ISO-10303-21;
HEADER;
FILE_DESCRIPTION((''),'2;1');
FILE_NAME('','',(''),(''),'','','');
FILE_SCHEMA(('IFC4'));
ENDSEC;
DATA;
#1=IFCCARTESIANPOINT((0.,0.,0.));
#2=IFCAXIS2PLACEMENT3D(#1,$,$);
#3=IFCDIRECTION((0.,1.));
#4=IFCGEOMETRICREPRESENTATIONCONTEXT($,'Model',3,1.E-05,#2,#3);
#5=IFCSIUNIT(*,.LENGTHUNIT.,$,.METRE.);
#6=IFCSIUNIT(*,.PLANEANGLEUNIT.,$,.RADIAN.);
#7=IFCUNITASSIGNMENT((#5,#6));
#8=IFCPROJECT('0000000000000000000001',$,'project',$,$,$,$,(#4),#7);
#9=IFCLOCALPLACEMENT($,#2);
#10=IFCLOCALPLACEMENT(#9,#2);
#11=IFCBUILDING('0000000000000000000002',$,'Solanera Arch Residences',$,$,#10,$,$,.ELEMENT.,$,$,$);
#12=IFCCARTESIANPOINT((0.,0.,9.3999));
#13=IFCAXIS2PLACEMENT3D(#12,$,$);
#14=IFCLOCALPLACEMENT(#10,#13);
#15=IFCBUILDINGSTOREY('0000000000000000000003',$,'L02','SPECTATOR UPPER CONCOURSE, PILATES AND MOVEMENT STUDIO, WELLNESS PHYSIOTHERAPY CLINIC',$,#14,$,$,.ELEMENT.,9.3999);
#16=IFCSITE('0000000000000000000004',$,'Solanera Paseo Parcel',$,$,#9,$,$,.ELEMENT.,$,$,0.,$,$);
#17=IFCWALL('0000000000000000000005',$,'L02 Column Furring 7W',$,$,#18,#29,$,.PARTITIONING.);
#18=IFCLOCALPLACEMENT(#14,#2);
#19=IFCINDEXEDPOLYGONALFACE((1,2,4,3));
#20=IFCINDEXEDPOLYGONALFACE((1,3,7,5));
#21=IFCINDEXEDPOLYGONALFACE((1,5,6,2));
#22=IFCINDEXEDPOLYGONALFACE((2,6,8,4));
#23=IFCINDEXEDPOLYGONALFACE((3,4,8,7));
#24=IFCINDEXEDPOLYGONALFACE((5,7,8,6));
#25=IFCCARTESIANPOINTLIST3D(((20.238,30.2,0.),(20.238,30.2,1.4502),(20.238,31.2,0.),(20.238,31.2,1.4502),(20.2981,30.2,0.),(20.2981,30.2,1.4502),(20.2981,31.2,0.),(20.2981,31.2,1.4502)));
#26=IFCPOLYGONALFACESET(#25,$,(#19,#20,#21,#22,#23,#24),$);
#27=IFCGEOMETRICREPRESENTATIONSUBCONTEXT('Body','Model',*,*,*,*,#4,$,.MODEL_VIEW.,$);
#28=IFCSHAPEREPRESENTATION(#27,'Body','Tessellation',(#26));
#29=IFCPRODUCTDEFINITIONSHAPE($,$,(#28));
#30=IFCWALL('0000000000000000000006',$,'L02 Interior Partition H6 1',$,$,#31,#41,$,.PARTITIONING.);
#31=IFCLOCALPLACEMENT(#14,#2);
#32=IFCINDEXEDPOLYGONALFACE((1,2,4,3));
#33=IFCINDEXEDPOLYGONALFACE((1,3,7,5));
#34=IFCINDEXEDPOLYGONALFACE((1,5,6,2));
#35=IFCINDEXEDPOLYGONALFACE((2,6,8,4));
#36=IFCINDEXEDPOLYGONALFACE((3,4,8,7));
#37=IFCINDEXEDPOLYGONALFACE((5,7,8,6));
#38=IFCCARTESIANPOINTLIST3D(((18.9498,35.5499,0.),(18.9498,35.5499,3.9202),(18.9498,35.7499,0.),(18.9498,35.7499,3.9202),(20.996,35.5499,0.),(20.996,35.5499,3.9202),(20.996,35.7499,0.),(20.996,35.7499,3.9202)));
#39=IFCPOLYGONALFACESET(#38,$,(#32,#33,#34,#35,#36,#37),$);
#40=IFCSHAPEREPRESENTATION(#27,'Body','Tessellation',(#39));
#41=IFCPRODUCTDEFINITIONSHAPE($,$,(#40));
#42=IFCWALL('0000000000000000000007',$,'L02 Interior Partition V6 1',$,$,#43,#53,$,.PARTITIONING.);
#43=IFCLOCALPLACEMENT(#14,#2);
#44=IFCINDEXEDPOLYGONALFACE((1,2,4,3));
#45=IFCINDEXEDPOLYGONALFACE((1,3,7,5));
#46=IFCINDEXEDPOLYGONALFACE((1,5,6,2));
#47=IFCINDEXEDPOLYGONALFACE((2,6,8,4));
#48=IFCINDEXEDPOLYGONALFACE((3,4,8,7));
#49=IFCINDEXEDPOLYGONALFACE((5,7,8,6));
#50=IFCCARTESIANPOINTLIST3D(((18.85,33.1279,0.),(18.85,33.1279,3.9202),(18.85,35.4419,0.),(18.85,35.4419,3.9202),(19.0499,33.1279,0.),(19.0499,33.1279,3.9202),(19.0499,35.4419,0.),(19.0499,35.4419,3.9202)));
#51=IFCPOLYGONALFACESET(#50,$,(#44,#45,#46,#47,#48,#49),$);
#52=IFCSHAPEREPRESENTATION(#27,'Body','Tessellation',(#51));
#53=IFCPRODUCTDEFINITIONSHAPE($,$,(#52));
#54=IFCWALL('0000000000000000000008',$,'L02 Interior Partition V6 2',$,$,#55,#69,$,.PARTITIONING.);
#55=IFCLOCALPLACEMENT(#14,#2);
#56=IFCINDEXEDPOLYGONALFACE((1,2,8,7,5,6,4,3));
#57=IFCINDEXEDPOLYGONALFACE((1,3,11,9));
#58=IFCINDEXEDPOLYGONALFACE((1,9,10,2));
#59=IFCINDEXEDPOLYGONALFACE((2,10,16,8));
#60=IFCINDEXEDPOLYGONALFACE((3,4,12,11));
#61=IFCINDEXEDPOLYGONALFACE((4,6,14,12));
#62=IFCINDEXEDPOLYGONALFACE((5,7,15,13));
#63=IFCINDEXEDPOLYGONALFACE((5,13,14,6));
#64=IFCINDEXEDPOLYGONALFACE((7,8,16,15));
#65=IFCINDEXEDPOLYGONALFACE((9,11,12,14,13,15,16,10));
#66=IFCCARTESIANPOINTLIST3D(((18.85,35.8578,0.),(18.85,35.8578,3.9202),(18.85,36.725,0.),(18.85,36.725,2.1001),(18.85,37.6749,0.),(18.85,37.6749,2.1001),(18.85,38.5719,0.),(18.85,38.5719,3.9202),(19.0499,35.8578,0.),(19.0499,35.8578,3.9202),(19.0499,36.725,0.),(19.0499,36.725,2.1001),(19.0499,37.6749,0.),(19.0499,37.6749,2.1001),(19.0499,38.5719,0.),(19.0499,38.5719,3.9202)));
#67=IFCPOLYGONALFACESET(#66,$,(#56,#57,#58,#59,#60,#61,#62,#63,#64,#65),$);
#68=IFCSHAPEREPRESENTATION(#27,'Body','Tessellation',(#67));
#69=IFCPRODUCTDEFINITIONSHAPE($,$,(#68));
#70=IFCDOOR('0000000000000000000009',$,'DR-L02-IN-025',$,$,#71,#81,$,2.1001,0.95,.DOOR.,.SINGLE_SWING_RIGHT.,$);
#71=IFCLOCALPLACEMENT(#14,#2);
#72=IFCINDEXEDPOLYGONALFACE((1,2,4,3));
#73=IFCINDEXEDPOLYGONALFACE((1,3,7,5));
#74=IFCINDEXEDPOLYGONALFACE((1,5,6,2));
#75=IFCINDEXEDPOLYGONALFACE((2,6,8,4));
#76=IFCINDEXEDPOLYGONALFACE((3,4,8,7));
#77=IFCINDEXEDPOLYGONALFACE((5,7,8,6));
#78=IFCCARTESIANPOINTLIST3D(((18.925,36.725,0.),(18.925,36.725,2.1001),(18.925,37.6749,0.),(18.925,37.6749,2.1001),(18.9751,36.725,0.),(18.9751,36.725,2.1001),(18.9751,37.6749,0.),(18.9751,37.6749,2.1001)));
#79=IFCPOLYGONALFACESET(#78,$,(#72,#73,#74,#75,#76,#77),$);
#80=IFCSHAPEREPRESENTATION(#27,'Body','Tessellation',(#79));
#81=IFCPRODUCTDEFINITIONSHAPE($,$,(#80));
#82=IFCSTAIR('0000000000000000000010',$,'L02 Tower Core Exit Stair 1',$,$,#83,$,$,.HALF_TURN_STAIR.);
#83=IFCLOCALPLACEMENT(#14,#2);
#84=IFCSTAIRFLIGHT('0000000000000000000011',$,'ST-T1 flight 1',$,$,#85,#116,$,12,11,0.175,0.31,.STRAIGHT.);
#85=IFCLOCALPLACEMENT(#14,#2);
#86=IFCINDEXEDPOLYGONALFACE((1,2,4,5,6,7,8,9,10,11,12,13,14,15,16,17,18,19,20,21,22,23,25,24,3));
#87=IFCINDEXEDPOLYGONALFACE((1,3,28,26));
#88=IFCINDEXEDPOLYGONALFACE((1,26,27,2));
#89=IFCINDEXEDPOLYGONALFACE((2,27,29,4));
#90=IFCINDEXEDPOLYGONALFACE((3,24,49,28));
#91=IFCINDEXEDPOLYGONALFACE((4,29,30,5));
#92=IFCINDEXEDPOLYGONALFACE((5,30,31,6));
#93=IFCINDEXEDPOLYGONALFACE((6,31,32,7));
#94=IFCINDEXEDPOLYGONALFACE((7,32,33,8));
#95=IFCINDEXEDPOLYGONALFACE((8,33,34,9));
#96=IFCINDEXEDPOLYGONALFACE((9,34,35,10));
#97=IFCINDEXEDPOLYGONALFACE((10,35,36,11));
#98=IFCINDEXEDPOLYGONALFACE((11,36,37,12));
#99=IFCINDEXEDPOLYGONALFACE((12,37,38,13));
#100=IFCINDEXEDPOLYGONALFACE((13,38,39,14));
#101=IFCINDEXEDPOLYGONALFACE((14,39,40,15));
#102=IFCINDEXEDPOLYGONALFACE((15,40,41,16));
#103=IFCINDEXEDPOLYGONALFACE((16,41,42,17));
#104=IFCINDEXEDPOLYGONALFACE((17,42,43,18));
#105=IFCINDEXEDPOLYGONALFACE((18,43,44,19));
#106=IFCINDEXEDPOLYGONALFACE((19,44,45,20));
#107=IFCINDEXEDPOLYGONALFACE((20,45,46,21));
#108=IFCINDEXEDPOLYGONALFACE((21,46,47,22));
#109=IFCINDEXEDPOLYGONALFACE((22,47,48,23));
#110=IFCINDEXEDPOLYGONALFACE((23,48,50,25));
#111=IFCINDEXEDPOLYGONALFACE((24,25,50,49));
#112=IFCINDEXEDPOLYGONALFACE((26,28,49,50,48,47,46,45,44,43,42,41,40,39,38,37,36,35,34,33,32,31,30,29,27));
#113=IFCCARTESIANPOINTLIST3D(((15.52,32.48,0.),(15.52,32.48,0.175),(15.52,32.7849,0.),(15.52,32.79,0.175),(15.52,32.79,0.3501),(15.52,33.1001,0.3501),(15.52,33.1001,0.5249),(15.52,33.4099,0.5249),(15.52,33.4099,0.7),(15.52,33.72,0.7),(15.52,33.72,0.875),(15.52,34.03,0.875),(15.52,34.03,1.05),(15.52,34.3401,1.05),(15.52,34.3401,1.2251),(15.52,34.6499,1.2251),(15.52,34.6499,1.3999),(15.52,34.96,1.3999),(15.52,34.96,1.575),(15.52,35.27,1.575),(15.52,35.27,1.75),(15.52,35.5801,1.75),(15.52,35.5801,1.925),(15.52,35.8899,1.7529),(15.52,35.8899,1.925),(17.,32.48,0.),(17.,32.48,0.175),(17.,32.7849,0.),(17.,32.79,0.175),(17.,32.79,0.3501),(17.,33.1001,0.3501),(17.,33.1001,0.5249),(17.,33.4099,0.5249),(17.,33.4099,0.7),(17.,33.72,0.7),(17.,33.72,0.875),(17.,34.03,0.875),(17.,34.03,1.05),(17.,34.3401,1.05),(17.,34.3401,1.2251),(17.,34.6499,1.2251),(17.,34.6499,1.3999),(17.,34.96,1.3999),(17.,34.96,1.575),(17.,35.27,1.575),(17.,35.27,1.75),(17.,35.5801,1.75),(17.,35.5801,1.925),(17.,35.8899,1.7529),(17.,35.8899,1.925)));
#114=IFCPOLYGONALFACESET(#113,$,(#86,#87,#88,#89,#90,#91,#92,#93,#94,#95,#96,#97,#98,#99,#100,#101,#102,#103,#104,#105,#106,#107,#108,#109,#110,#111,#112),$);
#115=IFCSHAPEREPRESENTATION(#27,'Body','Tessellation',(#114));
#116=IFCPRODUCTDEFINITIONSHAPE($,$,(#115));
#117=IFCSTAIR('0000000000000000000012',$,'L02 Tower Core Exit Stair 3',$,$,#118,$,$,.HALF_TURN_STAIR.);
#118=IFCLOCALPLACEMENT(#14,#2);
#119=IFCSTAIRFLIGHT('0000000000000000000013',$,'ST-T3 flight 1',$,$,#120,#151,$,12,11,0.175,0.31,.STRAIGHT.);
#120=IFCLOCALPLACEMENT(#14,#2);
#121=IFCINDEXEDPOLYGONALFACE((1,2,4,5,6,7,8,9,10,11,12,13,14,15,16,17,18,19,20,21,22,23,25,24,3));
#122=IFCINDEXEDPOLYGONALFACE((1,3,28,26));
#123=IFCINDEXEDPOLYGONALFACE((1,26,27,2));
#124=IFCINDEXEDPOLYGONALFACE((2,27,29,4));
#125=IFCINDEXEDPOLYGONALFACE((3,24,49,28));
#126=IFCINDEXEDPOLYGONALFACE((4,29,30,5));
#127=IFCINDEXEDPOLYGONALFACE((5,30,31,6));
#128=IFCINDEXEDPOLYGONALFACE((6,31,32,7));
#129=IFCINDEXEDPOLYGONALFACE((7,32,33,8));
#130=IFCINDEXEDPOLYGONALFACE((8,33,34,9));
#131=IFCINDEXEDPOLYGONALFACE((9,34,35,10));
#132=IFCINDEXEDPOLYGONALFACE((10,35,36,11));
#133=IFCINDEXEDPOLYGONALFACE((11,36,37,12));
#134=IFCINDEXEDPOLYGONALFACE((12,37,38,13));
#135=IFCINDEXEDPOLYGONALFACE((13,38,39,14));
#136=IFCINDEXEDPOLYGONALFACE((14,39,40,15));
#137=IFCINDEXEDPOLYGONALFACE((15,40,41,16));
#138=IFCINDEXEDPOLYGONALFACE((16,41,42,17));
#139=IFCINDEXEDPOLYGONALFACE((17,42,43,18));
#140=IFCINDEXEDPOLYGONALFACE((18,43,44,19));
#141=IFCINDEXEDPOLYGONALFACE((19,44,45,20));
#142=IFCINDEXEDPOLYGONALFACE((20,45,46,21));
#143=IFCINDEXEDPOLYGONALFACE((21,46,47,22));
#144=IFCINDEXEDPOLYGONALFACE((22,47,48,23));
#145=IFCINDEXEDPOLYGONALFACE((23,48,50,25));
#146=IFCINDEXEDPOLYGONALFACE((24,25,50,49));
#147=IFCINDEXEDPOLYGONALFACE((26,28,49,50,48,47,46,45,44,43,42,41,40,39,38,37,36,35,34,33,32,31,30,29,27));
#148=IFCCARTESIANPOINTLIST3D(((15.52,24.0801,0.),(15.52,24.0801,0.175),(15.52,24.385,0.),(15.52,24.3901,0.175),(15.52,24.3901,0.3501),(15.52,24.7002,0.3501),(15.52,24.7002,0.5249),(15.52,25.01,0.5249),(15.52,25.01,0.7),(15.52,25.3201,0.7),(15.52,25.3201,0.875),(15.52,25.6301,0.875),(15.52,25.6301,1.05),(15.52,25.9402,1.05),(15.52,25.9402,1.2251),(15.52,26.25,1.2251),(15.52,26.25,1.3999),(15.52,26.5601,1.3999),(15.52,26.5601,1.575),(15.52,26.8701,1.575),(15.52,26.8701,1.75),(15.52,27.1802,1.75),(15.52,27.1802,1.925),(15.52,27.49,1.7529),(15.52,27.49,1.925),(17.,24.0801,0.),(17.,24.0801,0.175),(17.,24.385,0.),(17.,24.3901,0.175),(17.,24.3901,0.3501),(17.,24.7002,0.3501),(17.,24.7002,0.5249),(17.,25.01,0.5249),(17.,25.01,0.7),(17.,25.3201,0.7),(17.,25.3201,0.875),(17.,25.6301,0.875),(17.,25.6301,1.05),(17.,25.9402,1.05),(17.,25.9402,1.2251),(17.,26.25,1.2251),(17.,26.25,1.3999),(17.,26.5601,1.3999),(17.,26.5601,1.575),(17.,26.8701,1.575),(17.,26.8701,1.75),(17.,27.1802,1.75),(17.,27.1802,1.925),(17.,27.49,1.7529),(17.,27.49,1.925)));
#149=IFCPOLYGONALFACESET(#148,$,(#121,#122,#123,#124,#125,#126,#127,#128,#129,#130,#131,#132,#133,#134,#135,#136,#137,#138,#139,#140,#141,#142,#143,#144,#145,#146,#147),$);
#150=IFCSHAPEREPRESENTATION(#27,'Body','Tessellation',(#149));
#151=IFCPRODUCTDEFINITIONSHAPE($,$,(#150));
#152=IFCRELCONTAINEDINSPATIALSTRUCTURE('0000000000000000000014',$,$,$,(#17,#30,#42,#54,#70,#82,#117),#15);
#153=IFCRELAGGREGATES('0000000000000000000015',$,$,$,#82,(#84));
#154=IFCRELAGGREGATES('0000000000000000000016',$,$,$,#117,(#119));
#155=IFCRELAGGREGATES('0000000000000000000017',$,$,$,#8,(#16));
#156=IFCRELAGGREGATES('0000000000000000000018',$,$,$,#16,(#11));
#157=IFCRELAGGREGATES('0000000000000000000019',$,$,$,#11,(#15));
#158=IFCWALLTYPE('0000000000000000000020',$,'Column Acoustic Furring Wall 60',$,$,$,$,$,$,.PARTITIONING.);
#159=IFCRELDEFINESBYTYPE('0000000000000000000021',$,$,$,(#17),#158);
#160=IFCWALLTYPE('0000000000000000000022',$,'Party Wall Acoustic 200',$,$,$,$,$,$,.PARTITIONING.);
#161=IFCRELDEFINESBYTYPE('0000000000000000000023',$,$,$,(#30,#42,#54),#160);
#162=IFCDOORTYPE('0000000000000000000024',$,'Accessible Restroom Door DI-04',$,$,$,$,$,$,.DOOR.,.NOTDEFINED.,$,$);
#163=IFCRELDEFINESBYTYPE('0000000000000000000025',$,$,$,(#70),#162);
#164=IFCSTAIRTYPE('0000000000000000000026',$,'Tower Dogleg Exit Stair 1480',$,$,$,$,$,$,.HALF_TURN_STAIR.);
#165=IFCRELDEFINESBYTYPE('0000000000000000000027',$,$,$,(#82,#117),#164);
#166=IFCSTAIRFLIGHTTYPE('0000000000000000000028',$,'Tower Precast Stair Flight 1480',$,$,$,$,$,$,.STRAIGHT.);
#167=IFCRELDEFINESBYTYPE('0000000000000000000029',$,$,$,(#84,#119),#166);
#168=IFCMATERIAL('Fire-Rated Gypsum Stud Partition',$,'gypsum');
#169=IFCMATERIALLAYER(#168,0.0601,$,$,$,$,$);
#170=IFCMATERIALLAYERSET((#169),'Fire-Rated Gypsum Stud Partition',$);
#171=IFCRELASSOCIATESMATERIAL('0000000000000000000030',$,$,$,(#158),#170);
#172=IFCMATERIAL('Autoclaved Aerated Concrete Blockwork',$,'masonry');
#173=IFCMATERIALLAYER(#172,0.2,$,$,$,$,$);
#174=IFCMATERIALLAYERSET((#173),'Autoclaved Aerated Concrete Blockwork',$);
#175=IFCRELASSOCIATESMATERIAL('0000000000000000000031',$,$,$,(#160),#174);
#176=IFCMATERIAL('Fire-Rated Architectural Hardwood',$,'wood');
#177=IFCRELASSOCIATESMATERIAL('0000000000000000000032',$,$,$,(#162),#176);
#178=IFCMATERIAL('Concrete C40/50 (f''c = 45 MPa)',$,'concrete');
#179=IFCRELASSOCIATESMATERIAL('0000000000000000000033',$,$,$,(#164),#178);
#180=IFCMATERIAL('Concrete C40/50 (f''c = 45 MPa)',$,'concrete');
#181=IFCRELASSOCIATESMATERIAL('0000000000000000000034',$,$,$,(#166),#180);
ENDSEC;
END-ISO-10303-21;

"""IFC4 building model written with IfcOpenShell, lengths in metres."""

from ifc_helpers import new_model, si_unit, direction, frame, frame_2d, origin, place, context, subcontext, project, spatial, polyline, rectangle, outline, extrude, material, layer, layer_set, type_object, element, fill, aggregate, save


model = new_model("IFC4")

# Units and contexts
model_context = context("Model", 3, precision=1e-05, world=origin(), true_north=direction((0.0, 1.0)))
body_context = subcontext(model_context, "Body", "Model", "MODEL_VIEW")
ifc_project = project(units=[si_unit("LENGTHUNIT", "METRE"), si_unit("PLANEANGLEUNIT", "RADIAN")], contexts=[model_context])

# Site, building, storey
site_placement = place(None, origin())
site = spatial("IfcSite", under=ifc_project, at=site_placement, Name="Solanera Paseo Parcel", CompositionType="ELEMENT", RefElevation=0.0)
building_placement = place(site_placement, origin())
building = spatial("IfcBuilding", under=site, at=building_placement, Name="Solanera Arch Residences", CompositionType="ELEMENT")
storey_placement = place(building_placement, frame((0.0, 0.0, 9.3999)))
storey = spatial("IfcBuildingStorey", under=building, at=storey_placement, Name="L02", Description="SPECTATOR UPPER CONCOURSE, PILATES AND MOVEMENT STUDIO, WELLNESS PHYSIOTHERAPY CLINIC", CompositionType="ELEMENT", Elevation=9.3999)

# Wall
ifc_material_1 = material(Name="Fire-Rated Gypsum Stud Partition", Category="gypsum")
ifc_layer_1 = layer(ifc_material_1, 0.0601)
ifc_layer_set_1 = layer_set([ifc_layer_1], Name="Fire-Rated Gypsum Stud Partition")
wall_type_1 = type_object("IfcWallType", Name="Column Acoustic Furring Wall 60", PredefinedType="PARTITIONING", material=ifc_layer_set_1)
wall_1_placement = place(storey_placement, frame((20.2681, 30.2, 0.0), z_axis=(0.0, 0.0, 1.0), x_axis=(0.0, 1.0, 0.0)))
element("IfcWall", 1, at=wall_1_placement, inside=storey, type_object=wall_type_1, Name="L02 Column Furring 7W", PredefinedType="PARTITIONING", context=body_context, shape_type="SweptSolid", body=[
    extrude(rectangle(XDim=1.0, YDim=0.0601, at=frame_2d((0.5, 0.0))), origin(), (0.0, 0.0, 1.0), 1.4502),
])

# Walls
ifc_material_2 = material(Name="Autoclaved Aerated Concrete Blockwork", Category="masonry")
ifc_layer_2 = layer(ifc_material_2, 0.2)
ifc_layer_set_2 = layer_set([ifc_layer_2], Name="Autoclaved Aerated Concrete Blockwork")
wall_type_2 = type_object("IfcWallType", Name="Party Wall Acoustic 200", PredefinedType="PARTITIONING", material=ifc_layer_set_2)
wall_2_placement = place(storey_placement, frame((18.95, 35.6499, 0.0), z_axis=(0.0, 0.0, 1.0), x_axis=(1.0, 0.0, 0.0)))
element("IfcWall", 2, at=wall_2_placement, inside=storey, type_object=wall_type_2, Name="L02 Interior Partition H6 1", PredefinedType="PARTITIONING", context=body_context, shape_type="SweptSolid", body=[
    extrude(rectangle(XDim=2.0461, YDim=0.2, at=frame_2d((1.0229, 0.0))), origin(), (0.0, 0.0, 1.0), 3.9202),
])
wall_3_placement = place(storey_placement, frame((18.95, 33.1279, 0.0), z_axis=(0.0, 0.0, 1.0), x_axis=(0.0, 1.0, 0.0)))
element("IfcWall", 3, at=wall_3_placement, inside=storey, type_object=wall_type_2, Name="L02 Interior Partition V6 1", PredefinedType="PARTITIONING", context=body_context, shape_type="SweptSolid", body=[
    extrude(rectangle(XDim=2.314, YDim=0.2, at=frame_2d((1.157, 0.0))), origin(), (0.0, 0.0, 1.0), 3.9202),
])

# Wall, opening, door
wall_4_placement = place(storey_placement, frame((18.95, 35.8579, 0.0), z_axis=(0.0, 0.0, 1.0), x_axis=(0.0, 1.0, 0.0)))
wall_4 = element("IfcWall", 4, at=wall_4_placement, inside=storey, type_object=wall_type_2, Name="L02 Interior Partition V6 2", PredefinedType="PARTITIONING", context=body_context, shape_type="SweptSolid", body=[
    extrude(rectangle(XDim=2.7141, YDim=0.2, at=frame_2d((1.3569, 0.0))), origin(), (0.0, 0.0, 1.0), 3.9202),
])
opening_1_placement = place(wall_4_placement, frame((0.8669, 0.0, 0.0)))
opening_1 = element("IfcOpeningElement", 5, at=opening_1_placement, cuts=wall_4, PredefinedType="OPENING", context=body_context, shape_type="SweptSolid", body=[
    extrude(rectangle(XDim=0.95, YDim=2.1001, at=frame_2d((0.4751, 1.05))), frame((0.0, 0.1101, 0.0), z_axis=(0.0, -1.0, 0.0), x_axis=(1.0, 0.0, 0.0)), (0.0, 0.0, 1.0), 0.22),
])
ifc_material_3 = material(Name="Fire-Rated Architectural Hardwood", Category="wood")
door_type_1 = type_object("IfcDoorType", Name="Accessible Restroom Door DI-04", OperationType="NOTDEFINED", PredefinedType="DOOR", material=ifc_material_3)
door_1_placement = place(opening_1_placement, origin())
door_1 = element("IfcDoor", 6, at=door_1_placement, inside=storey, type_object=door_type_1, Name="DR-L02-IN-025", OperationType="SINGLE_SWING_RIGHT", OverallHeight=2.1001, OverallWidth=0.95, PredefinedType="DOOR", context=body_context, shape_type="SweptSolid", body=[
    extrude(rectangle(XDim=0.95, YDim=2.1001, at=frame_2d((0.4751, 1.05))), frame((0.0, 0.0249, 0.0), z_axis=(0.0, -1.0, 0.0), x_axis=(1.0, 0.0, 0.0)), (0.0, 0.0, 1.0), 0.05),
])
fill(opening_1, door_1)

# Stair, stair flight
ifc_material_4 = material(Name="Concrete C40/50 (f'c = 45 MPa)", Category="concrete")
stair_type = type_object("IfcStairType", Name="Tower Dogleg Exit Stair 1480", PredefinedType="HALF_TURN_STAIR", material=ifc_material_4)
stair_1_placement = place(storey_placement, origin())
stair_1 = element("IfcStair", 7, at=stair_1_placement, inside=storey, type_object=stair_type, Name="L02 Tower Core Exit Stair 1", PredefinedType="HALF_TURN_STAIR")
ifc_material_5 = material(Name="Concrete C40/50 (f'c = 45 MPa)", Category="concrete")
stair_flight_type = type_object("IfcStairFlightType", Name="Tower Precast Stair Flight 1480", PredefinedType="STRAIGHT", material=ifc_material_5)
stair_flight_1_placement = place(storey_placement, frame((16.26, 32.48, 0.0), z_axis=(0.0, 0.0, 1.0), x_axis=(0.0, 1.0, 0.0)))
stair_flight_1 = element("IfcStairFlight", 8, at=stair_flight_1_placement, type_object=stair_flight_type, Name="ST-T1 flight 1", NumberOfRisers=12, NumberOfTreads=11, PredefinedType="STRAIGHT", RiserHeight=0.175, TreadLength=0.31, context=body_context, shape_type="SweptSolid", body=[
    extrude(outline(polyline([(0.0, 0.0), (0.0, 0.175), (0.3101, 0.175), (0.3101, 0.3501), (0.6201, 0.3501), (0.6201, 0.5249), (0.9299, 0.5249), (0.9299, 0.7), (1.24, 0.7), (1.24, 0.875), (1.55, 0.875), (1.55, 1.05), (1.8601, 1.05), (1.8601, 1.2251), (2.1699, 1.2251), (2.1699, 1.3999), (2.48, 1.3999), (2.48, 1.575), (2.79, 1.575), (2.79, 1.75), (3.1001, 1.75), (3.1001, 1.925), (3.4099, 1.925), (3.4099, 2.1001), (3.4099, 1.7529), (0.3049, 0.0), (0.0, 0.0)])), frame((0.0, 0.74, 0.0), z_axis=(0.0, -1.0, 0.0), x_axis=(1.0, 0.0, 0.0)), (0.0, 0.0, 1.0), 1.48),
])
aggregate(stair_1, [stair_flight_1])

# Stair, stair flight
stair_2_placement = place(storey_placement, origin())
stair_2 = element("IfcStair", 9, at=stair_2_placement, inside=storey, type_object=stair_type, Name="L02 Tower Core Exit Stair 3", PredefinedType="HALF_TURN_STAIR")
stair_flight_2_placement = place(storey_placement, frame((16.26, 24.0801, 0.0), z_axis=(0.0, 0.0, 1.0), x_axis=(0.0, 1.0, 0.0)))
stair_flight_2 = element("IfcStairFlight", 10, at=stair_flight_2_placement, type_object=stair_flight_type, Name="ST-T3 flight 1", NumberOfRisers=12, NumberOfTreads=11, PredefinedType="STRAIGHT", RiserHeight=0.175, TreadLength=0.31, context=body_context, shape_type="SweptSolid", body=[
    extrude(outline(polyline([(0.0, 0.0), (0.0, 0.175), (0.3101, 0.175), (0.3101, 0.3501), (0.6201, 0.3501), (0.6201, 0.5249), (0.9299, 0.5249), (0.9299, 0.7), (1.24, 0.7), (1.24, 0.875), (1.55, 0.875), (1.55, 1.05), (1.8601, 1.05), (1.8601, 1.2251), (2.1699, 1.2251), (2.1699, 1.3999), (2.48, 1.3999), (2.48, 1.575), (2.79, 1.575), (2.79, 1.75), (3.1001, 1.75), (3.1001, 1.925), (3.4099, 1.925), (3.4099, 2.1001), (3.4099, 1.7529), (0.3049, 0.0), (0.0, 0.0)])), frame((0.0, 0.74, 0.0), z_axis=(0.0, -1.0, 0.0), x_axis=(1.0, 0.0, 0.0)), (0.0, 0.0, 1.0), 1.48),
])
aggregate(stair_2, [stair_flight_2])

save(model, "model.ifc")
